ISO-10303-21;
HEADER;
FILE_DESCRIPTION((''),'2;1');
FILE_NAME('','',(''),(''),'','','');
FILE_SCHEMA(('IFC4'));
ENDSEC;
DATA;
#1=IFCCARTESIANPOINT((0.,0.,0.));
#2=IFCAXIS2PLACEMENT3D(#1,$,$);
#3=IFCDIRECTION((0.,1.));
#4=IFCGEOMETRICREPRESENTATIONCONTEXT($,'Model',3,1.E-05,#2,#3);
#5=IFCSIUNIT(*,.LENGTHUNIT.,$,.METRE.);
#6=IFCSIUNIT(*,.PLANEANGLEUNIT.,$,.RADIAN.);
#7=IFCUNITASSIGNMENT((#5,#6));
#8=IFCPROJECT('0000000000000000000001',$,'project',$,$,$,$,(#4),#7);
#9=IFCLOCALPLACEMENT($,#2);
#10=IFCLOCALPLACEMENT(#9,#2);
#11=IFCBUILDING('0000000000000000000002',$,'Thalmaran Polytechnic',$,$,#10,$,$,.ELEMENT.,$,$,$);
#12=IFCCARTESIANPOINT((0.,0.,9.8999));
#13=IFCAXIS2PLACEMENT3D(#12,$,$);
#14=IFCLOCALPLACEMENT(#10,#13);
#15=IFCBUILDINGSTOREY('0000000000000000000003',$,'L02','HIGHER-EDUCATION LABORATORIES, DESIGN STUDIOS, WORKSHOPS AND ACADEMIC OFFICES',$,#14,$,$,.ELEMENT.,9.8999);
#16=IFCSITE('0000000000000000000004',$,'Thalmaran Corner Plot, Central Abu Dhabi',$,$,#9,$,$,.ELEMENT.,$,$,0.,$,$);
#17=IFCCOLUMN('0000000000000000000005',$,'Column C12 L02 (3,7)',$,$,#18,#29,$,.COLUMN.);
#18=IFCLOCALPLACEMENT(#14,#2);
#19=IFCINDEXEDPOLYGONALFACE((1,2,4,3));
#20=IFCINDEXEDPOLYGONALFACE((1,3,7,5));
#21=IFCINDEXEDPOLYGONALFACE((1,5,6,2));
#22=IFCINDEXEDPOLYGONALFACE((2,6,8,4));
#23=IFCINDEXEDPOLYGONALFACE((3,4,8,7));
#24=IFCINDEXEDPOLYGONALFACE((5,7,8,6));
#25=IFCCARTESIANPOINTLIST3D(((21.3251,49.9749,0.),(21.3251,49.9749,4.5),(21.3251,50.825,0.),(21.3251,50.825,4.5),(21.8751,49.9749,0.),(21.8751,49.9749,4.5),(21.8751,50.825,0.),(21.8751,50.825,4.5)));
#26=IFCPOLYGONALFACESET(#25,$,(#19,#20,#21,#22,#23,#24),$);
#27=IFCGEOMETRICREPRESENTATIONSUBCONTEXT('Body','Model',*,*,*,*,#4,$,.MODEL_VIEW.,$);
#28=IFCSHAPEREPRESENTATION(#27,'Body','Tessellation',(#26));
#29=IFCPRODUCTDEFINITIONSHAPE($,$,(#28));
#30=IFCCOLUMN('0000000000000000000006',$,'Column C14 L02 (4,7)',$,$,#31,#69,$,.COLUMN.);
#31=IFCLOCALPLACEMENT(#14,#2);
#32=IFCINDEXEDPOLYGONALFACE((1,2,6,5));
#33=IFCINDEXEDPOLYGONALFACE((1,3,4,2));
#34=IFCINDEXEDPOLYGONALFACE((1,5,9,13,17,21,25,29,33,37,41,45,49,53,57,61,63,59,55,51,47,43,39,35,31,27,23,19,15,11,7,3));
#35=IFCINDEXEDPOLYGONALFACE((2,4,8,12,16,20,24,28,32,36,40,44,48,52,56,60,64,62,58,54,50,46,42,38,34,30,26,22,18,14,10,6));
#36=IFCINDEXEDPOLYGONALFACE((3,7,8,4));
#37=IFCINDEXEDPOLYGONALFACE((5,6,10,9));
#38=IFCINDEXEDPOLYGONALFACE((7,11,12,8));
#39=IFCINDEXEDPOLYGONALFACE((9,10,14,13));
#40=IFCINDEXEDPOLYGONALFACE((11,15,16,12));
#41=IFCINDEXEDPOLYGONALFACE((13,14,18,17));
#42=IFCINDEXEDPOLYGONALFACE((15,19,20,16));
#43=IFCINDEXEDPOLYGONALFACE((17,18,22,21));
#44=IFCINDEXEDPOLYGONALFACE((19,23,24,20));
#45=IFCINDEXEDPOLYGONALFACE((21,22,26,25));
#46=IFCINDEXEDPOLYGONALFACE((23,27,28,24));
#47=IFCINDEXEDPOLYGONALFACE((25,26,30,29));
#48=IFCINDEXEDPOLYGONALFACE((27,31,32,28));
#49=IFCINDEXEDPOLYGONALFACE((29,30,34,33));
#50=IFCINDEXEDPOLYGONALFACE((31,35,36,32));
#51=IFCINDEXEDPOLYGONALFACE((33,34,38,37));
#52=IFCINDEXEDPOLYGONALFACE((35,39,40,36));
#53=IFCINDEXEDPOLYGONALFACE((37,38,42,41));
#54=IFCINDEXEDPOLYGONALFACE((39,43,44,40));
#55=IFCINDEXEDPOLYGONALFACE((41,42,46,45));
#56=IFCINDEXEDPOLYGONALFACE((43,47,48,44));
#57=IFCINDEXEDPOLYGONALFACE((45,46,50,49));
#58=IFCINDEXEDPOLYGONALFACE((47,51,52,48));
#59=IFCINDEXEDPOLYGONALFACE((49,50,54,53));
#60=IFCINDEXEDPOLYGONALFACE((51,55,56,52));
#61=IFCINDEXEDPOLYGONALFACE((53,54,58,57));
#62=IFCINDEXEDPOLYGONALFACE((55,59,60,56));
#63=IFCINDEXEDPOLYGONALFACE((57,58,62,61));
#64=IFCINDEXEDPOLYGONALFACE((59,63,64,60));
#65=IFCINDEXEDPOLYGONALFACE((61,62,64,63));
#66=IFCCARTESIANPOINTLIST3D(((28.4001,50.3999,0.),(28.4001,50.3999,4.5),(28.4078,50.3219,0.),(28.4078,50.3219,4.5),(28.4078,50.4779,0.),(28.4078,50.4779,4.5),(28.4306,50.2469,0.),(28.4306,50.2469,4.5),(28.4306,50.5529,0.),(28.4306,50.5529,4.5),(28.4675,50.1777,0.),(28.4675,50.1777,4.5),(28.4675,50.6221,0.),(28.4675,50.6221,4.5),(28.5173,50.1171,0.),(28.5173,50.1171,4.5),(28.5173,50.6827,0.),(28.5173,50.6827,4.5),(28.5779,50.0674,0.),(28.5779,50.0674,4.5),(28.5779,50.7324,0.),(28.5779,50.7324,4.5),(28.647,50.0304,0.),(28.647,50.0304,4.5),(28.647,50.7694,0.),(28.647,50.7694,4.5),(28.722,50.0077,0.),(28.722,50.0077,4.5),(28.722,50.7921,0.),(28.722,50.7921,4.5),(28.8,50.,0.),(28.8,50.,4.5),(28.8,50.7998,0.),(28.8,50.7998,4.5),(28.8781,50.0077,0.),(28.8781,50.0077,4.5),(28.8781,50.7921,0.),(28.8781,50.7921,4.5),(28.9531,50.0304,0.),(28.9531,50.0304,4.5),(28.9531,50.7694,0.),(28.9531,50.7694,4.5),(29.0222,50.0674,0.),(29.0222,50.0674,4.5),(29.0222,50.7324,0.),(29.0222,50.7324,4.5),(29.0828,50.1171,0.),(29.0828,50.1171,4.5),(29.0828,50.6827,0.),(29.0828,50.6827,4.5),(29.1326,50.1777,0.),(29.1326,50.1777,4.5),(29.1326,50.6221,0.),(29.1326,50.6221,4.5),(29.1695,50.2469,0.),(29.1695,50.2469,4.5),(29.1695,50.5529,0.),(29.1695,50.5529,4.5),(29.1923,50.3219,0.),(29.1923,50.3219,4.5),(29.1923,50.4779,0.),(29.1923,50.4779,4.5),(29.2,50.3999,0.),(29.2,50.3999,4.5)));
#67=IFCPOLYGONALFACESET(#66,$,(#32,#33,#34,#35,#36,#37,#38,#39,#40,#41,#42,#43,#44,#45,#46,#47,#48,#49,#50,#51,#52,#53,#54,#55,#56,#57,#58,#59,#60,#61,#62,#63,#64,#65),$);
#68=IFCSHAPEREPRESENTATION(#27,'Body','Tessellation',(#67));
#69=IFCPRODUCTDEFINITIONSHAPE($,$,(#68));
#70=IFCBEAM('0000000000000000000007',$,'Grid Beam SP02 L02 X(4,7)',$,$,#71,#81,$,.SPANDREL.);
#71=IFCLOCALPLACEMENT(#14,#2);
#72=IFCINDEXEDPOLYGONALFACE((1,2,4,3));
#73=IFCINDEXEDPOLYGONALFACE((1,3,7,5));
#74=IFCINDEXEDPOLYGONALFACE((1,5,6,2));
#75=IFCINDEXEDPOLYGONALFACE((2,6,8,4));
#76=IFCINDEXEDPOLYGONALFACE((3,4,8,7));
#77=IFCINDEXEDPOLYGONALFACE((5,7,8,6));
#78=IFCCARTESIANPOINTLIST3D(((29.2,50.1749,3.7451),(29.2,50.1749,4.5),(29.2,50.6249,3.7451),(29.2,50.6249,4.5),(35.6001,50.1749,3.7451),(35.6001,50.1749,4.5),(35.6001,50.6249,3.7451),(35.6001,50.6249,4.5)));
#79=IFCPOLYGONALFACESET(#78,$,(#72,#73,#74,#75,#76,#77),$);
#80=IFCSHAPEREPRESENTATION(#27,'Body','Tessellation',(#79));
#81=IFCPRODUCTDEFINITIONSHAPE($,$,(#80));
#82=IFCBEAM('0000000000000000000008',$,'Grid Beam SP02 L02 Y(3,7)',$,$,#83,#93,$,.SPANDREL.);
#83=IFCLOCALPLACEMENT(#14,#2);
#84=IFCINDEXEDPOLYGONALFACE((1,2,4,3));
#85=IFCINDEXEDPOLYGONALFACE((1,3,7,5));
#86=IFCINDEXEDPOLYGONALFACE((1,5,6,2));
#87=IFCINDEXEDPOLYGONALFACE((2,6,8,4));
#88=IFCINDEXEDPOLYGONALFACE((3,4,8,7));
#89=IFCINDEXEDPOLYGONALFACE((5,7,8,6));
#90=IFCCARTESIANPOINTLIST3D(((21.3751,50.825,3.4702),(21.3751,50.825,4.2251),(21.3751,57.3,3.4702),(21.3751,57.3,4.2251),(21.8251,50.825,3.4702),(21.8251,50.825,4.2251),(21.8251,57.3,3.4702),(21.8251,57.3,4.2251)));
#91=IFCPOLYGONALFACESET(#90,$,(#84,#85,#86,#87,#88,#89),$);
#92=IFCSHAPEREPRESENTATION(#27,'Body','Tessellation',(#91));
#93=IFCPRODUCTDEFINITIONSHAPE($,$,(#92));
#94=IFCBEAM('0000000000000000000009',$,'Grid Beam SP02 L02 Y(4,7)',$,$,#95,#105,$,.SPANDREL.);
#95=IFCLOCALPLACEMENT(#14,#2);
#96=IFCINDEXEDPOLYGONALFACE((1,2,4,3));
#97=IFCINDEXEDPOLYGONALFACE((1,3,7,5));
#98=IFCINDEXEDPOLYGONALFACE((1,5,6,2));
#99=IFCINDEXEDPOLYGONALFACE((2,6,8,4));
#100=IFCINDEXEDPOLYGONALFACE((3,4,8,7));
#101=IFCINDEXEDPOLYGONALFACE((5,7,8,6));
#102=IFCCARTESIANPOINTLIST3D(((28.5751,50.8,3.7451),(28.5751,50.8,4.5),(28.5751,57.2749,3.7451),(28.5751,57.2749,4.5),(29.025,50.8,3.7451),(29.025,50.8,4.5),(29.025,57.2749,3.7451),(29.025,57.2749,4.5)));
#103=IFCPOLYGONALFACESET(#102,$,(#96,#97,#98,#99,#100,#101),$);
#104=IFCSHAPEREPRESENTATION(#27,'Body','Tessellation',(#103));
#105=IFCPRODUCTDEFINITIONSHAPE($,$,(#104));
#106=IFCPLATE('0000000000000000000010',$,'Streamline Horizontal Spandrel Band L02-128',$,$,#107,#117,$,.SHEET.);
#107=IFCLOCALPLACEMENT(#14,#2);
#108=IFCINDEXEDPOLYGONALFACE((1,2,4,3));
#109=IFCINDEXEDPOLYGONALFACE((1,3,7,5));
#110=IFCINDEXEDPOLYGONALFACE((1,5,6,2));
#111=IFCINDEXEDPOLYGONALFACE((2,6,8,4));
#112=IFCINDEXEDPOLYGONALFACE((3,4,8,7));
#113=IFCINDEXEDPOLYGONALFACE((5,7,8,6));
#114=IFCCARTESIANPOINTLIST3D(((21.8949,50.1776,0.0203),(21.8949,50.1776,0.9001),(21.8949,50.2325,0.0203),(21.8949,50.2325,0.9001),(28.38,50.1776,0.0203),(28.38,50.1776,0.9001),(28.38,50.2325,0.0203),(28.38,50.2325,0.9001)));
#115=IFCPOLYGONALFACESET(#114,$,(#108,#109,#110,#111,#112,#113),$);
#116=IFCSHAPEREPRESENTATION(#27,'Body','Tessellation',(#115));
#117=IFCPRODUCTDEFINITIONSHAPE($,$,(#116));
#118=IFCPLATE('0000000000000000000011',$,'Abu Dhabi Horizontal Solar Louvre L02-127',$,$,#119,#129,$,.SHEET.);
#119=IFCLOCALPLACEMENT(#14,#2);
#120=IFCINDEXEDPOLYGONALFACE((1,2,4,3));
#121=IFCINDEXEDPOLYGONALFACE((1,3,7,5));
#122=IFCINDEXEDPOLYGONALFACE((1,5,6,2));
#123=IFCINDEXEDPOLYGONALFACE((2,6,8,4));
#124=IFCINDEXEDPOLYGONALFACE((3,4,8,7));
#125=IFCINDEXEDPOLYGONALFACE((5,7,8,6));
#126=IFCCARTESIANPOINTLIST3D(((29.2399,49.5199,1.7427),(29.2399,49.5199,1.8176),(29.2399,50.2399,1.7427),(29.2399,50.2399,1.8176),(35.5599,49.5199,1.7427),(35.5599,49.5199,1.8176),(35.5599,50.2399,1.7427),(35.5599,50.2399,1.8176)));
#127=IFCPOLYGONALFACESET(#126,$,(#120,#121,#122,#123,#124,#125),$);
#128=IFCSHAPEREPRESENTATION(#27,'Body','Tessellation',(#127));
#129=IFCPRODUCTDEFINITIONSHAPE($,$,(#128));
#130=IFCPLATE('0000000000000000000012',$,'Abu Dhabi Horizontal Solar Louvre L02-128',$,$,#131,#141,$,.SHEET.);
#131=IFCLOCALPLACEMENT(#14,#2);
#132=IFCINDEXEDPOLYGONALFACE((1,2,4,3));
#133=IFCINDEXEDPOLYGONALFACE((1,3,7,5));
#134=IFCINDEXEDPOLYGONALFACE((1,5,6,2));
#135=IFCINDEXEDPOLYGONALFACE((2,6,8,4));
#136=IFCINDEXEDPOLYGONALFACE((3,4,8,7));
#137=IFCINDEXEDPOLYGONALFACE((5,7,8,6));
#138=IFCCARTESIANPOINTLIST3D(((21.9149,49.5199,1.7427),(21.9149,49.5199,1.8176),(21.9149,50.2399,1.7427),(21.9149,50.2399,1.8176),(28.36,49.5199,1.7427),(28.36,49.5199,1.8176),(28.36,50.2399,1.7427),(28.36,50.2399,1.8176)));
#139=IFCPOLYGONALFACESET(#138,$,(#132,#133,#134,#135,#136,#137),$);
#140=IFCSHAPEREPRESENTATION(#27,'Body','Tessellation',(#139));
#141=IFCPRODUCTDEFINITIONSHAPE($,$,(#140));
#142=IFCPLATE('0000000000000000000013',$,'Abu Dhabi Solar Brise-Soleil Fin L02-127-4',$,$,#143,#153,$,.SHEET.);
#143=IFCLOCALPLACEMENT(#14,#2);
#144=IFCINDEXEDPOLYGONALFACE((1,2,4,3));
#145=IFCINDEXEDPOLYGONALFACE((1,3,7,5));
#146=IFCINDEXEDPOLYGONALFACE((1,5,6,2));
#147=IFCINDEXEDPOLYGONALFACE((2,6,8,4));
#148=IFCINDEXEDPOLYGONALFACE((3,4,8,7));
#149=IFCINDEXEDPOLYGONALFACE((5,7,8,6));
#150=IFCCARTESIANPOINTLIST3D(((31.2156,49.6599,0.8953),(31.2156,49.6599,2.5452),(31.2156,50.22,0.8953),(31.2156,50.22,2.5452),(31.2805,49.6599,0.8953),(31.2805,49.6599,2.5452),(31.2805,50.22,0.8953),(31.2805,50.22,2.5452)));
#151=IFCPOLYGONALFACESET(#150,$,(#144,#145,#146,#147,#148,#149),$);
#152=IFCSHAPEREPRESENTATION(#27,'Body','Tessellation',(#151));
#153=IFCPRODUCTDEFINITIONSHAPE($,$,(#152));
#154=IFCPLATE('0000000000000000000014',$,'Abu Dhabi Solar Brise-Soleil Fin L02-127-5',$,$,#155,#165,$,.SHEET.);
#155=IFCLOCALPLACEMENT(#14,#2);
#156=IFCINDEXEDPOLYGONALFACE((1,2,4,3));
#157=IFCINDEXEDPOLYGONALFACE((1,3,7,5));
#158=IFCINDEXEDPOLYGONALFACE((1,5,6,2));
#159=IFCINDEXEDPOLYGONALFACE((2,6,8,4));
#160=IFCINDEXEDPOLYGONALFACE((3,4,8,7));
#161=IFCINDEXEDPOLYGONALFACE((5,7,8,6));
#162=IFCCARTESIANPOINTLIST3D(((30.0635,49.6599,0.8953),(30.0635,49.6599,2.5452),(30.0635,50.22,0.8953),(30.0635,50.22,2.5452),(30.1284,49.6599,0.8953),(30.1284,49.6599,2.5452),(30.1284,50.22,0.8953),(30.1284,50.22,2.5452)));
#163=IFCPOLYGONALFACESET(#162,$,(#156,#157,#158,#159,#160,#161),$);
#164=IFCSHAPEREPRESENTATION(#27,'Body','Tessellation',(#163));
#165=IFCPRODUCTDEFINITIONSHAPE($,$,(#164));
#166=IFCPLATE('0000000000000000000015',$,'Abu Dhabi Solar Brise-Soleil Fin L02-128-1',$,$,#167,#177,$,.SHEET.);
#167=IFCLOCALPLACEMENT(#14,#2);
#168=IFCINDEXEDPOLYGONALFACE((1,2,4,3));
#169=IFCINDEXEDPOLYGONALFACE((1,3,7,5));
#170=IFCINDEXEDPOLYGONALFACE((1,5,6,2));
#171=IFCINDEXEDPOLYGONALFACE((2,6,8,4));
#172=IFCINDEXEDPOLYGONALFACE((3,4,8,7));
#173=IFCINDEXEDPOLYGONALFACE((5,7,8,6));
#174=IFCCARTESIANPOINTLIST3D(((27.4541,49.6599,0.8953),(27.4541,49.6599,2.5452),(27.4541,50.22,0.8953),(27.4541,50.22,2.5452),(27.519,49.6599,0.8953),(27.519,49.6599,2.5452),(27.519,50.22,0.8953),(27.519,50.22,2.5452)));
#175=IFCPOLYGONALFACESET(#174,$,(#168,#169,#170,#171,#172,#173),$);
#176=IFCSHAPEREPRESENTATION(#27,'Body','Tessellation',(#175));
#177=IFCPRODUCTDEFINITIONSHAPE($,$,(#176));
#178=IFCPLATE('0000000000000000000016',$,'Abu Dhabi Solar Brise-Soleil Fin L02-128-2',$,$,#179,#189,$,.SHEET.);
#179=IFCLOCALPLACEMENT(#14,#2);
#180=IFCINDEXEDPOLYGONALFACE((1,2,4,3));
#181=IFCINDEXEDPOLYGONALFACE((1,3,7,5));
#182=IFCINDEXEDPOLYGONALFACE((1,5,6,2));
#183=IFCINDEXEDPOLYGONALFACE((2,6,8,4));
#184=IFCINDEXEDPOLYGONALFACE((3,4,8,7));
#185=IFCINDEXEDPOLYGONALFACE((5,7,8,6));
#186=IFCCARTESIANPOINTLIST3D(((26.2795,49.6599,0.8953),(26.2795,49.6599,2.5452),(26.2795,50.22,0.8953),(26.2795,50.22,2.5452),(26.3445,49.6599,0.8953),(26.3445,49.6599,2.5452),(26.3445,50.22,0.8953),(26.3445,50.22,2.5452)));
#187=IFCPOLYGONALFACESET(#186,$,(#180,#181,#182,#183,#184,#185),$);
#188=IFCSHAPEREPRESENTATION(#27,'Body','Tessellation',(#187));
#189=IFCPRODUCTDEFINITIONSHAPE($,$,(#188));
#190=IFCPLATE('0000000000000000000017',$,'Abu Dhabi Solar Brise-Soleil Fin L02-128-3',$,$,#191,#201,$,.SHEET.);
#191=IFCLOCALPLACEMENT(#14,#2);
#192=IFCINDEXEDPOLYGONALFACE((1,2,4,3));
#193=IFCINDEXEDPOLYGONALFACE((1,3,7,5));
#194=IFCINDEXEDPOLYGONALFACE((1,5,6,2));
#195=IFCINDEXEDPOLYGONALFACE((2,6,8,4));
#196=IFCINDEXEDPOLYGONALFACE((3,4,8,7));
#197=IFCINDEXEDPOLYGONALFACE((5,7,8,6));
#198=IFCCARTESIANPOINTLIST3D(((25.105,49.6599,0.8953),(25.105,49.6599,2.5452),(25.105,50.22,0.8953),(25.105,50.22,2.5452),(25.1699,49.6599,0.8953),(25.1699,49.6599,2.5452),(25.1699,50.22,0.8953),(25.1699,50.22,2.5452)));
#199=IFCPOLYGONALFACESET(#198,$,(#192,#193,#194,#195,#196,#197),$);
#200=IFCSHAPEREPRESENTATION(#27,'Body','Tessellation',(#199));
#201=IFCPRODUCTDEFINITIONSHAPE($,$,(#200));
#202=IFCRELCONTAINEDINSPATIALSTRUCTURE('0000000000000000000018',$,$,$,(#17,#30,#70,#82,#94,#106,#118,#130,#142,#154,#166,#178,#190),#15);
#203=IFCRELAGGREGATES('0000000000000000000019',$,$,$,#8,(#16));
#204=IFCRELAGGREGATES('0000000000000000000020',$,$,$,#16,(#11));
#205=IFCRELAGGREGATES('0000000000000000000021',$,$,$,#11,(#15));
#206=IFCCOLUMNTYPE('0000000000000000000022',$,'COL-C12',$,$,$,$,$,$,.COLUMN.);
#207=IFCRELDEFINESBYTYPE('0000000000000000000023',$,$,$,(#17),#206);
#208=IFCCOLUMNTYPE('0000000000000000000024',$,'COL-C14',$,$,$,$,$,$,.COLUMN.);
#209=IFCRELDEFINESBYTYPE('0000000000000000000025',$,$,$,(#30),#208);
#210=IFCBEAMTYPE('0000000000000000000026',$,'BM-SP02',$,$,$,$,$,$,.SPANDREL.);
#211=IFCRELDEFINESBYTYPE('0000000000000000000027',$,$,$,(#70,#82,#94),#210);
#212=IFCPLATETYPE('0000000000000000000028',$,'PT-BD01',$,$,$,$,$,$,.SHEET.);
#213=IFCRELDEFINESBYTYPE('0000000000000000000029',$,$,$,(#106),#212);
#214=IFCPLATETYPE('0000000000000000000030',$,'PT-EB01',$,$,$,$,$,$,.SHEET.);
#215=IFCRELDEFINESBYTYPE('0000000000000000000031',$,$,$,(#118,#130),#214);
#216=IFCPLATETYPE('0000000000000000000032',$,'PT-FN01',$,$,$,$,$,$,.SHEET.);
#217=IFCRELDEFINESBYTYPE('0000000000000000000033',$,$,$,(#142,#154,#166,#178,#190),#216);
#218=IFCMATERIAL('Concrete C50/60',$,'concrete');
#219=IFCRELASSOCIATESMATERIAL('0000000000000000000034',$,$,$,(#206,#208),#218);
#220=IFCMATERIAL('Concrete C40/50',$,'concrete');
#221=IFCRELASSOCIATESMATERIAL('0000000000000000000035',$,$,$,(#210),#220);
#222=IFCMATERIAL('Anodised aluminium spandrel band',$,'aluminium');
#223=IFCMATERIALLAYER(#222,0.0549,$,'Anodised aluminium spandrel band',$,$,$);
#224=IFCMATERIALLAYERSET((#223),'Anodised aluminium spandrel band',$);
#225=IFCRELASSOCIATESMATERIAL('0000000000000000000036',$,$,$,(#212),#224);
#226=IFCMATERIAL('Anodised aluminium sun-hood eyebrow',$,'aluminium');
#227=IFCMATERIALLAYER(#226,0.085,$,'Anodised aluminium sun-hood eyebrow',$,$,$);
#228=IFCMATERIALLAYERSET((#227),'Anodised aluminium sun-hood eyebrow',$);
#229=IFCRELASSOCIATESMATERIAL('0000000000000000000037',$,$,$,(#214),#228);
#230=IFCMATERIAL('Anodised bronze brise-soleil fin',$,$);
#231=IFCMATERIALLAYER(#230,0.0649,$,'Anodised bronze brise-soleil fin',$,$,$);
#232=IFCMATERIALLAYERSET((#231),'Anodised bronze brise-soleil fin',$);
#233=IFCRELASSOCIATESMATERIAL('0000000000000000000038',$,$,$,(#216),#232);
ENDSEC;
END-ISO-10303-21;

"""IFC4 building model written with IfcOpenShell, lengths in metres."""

from ifc_helpers import new_model, si_unit, direction, frame, origin, origin_2d, place, context, subcontext, project, spatial, rectangle, circle, extrude, material, layer, layer_set, material_profile, profile_set, type_object, element, save


model = new_model("IFC4")

# Units and contexts
model_context = context("Model", 3, precision=1e-05, world=origin(), true_north=direction((0.0, 1.0)))
body_context = subcontext(model_context, "Body", "Model", "MODEL_VIEW")
ifc_project = project(units=[si_unit("LENGTHUNIT", "METRE"), si_unit("PLANEANGLEUNIT", "RADIAN")], contexts=[model_context])

# Site, building, storey
site_placement = place(None, origin())
site = spatial("IfcSite", under=ifc_project, at=site_placement, Name="Thalmaran Corner Plot, Central Abu Dhabi", CompositionType="ELEMENT", RefElevation=0.0)
building_placement = place(site_placement, origin())
building = spatial("IfcBuilding", under=site, at=building_placement, Name="Thalmaran Polytechnic", CompositionType="ELEMENT")
storey_placement = place(building_placement, frame((0.0, 0.0, 9.8999)))
storey = spatial("IfcBuildingStorey", under=building, at=storey_placement, Name="L02", Description="HIGHER-EDUCATION LABORATORIES, DESIGN STUDIOS, WORKSHOPS AND ACADEMIC OFFICES", CompositionType="ELEMENT", Elevation=9.8999)

# Columns
ifc_material_1 = material(Name="Concrete C50/60", Category="concrete")
ifc_material_profile_1 = material_profile(ifc_material_1, rectangle(XDim=0.55, YDim=0.8501, at=origin_2d()), Name="RC 550x850")
ifc_profile_set_1 = profile_set([ifc_material_profile_1], Name="Concrete C50/60")
column_type_1 = type_object("IfcColumnType", Name="COL-C12", PredefinedType="COLUMN", material=ifc_profile_set_1)
column_1_placement = place(storey_placement, frame((21.6001, 50.3999, 0.0), z_axis=(0.0, 0.0, 1.0), x_axis=(1.0, 0.0, 0.0)))
element("IfcColumn", 1, at=column_1_placement, inside=storey, type_object=column_type_1, Name="Column C12 L02 (3,7)", PredefinedType="COLUMN", context=body_context, shape_type="SweptSolid", body=[
    extrude(rectangle(XDim=0.55, YDim=0.8501, at=origin_2d()), origin(), (0.0, 0.0, 1.0), 4.5),
])
ifc_material_profile_2 = material_profile(ifc_material_1, circle(Radius=0.3999, at=origin_2d()), Name="RC 800 DIA")
ifc_profile_set_2 = profile_set([ifc_material_profile_2], Name="Concrete C50/60")
column_type_2 = type_object("IfcColumnType", Name="COL-C14", PredefinedType="COLUMN", material=ifc_profile_set_2)
column_2_placement = place(storey_placement, frame((28.8, 50.3999, 0.0), z_axis=(0.0, 0.0, 1.0), x_axis=(1.0, 0.0, 0.0)))
element("IfcColumn", 2, at=column_2_placement, inside=storey, type_object=column_type_2, Name="Column C14 L02 (4,7)", PredefinedType="COLUMN", context=body_context, shape_type="SweptSolid", body=[
    extrude(circle(Radius=0.3999, at=origin_2d()), origin(), (0.0, 0.0, 1.0), 4.5),
])

# Beams
ifc_material_2 = material(Name="Concrete C40/50", Category="concrete")
ifc_material_profile_3 = material_profile(ifc_material_2, rectangle(XDim=0.45, YDim=0.7549, at=origin_2d()), Name="RC 450x755")
ifc_profile_set_3 = profile_set([ifc_material_profile_3], Name="Concrete C40/50")
beam_type = type_object("IfcBeamType", Name="BM-SP02", PredefinedType="SPANDREL", material=ifc_profile_set_3)
beam_1_placement = place(storey_placement, frame((29.2, 50.3999, 4.1226), z_axis=(1.0, 0.0, 0.0), x_axis=(0.0, 1.0, 0.0)))
element("IfcBeam", 3, at=beam_1_placement, inside=storey, type_object=beam_type, Name="Grid Beam SP02 L02 X(4,7)", PredefinedType="SPANDREL", context=body_context, shape_type="SweptSolid", body=[
    extrude(rectangle(XDim=0.45, YDim=0.7549, at=origin_2d()), origin(), (0.0, 0.0, 1.0), 6.4001),
])
beam_2_placement = place(storey_placement, frame((21.6001, 50.825, 3.8477), z_axis=(0.0, 1.0, 0.0), x_axis=(-1.0, 0.0, 0.0)))
element("IfcBeam", 4, at=beam_2_placement, inside=storey, type_object=beam_type, Name="Grid Beam SP02 L02 Y(3,7)", PredefinedType="SPANDREL", context=body_context, shape_type="SweptSolid", body=[
    extrude(rectangle(XDim=0.45, YDim=0.7549, at=origin_2d()), origin(), (0.0, 0.0, 1.0), 6.4751),
])
beam_3_placement = place(storey_placement, frame((28.8, 50.8, 4.1226), z_axis=(0.0, 1.0, 0.0), x_axis=(-1.0, 0.0, 0.0)))
element("IfcBeam", 5, at=beam_3_placement, inside=storey, type_object=beam_type, Name="Grid Beam SP02 L02 Y(4,7)", PredefinedType="SPANDREL", context=body_context, shape_type="SweptSolid", body=[
    extrude(rectangle(XDim=0.45, YDim=0.7549, at=origin_2d()), origin(), (0.0, 0.0, 1.0), 6.4749),
])

# Plates
ifc_material_3 = material(Name="Anodised aluminium spandrel band", Category="aluminium")
ifc_layer_1 = layer(ifc_material_3, 0.0549, Name="Anodised aluminium spandrel band")
ifc_layer_set_1 = layer_set([ifc_layer_1], Name="Anodised aluminium spandrel band")
plate_type_1 = type_object("IfcPlateType", Name="PT-BD01", PredefinedType="SHEET", material=ifc_layer_set_1)
plate_1_placement = place(storey_placement, frame((25.1375, 50.2051, 0.0203), z_axis=(0.0, 0.0, 1.0), x_axis=(-1.0, 0.0, 0.0)))
element("IfcPlate", 6, at=plate_1_placement, inside=storey, type_object=plate_type_1, Name="Streamline Horizontal Spandrel Band L02-128", PredefinedType="SHEET", context=body_context, shape_type="SweptSolid", body=[
    extrude(rectangle(XDim=6.4851, YDim=0.0549, at=origin_2d()), origin(), (0.0, 0.0, 1.0), 0.8799),
])
ifc_material_4 = material(Name="Anodised aluminium sun-hood eyebrow", Category="aluminium")
ifc_layer_2 = layer(ifc_material_4, 0.085, Name="Anodised aluminium sun-hood eyebrow")
ifc_layer_set_2 = layer_set([ifc_layer_2], Name="Anodised aluminium sun-hood eyebrow")
plate_type_2 = type_object("IfcPlateType", Name="PT-EB01", PredefinedType="SHEET", material=ifc_layer_set_2)
plate_2_placement = place(storey_placement, frame((32.3999, 49.8799, 1.7427), z_axis=(0.0, 0.0, 1.0), x_axis=(-1.0, 0.0, 0.0)))
element("IfcPlate", 7, at=plate_2_placement, inside=storey, type_object=plate_type_2, Name="Abu Dhabi Horizontal Solar Louvre L02-127", PredefinedType="SHEET", context=body_context, shape_type="SweptSolid", body=[
    extrude(rectangle(XDim=6.3201, YDim=0.72, at=origin_2d()), origin(), (0.0, 0.0, 1.0), 0.075),
])
plate_3_placement = place(storey_placement, frame((25.1375, 49.8799, 1.7427), z_axis=(0.0, 0.0, 1.0), x_axis=(-1.0, 0.0, 0.0)))
element("IfcPlate", 8, at=plate_3_placement, inside=storey, type_object=plate_type_2, Name="Abu Dhabi Horizontal Solar Louvre L02-128", PredefinedType="SHEET", context=body_context, shape_type="SweptSolid", body=[
    extrude(rectangle(XDim=6.4451, YDim=0.72, at=origin_2d()), origin(), (0.0, 0.0, 1.0), 0.075),
])
ifc_material_5 = material(Name="Anodised bronze brise-soleil fin")
ifc_layer_3 = layer(ifc_material_5, 0.0649, Name="Anodised bronze brise-soleil fin")
ifc_layer_set_3 = layer_set([ifc_layer_3], Name="Anodised bronze brise-soleil fin")
plate_type_3 = type_object("IfcPlateType", Name="PT-FN01", PredefinedType="SHEET", material=ifc_layer_set_3)
for number, where, z_axis, x_axis, name in (
    (9, (31.248, 49.9399, 0.8953), (0.0, 0.0, 1.0), (-1.0, 0.0, 0.0), "Abu Dhabi Solar Brise-Soleil Fin L02-127-4"),
    (10, (30.0959, 49.9399, 0.8953), (0.0, 0.0, 1.0), (-1.0, 0.0, 0.0), "Abu Dhabi Solar Brise-Soleil Fin L02-127-5"),
    (11, (27.4866, 49.9399, 0.8953), (0.0, 0.0, 1.0), (-1.0, 0.0, 0.0), "Abu Dhabi Solar Brise-Soleil Fin L02-128-1"),
    (12, (26.312, 49.9399, 0.8953), (0.0, 0.0, 1.0), (-1.0, 0.0, 0.0), "Abu Dhabi Solar Brise-Soleil Fin L02-128-2"),
    (13, (25.1375, 49.9399, 0.8953), (0.0, 0.0, 1.0), (-1.0, 0.0, 0.0), "Abu Dhabi Solar Brise-Soleil Fin L02-128-3"),
):
    element("IfcPlate", number, at=place(storey_placement, frame(where, z_axis=z_axis, x_axis=x_axis)), inside=storey, type_object=plate_type_3, Name=name, PredefinedType="SHEET", context=body_context, shape_type="SweptSolid", body=[
        extrude(rectangle(XDim=0.0649, YDim=0.5601, at=origin_2d()), origin(), (0.0, 0.0, 1.0), 1.6499),
    ])

save(model, "model.ifc")
